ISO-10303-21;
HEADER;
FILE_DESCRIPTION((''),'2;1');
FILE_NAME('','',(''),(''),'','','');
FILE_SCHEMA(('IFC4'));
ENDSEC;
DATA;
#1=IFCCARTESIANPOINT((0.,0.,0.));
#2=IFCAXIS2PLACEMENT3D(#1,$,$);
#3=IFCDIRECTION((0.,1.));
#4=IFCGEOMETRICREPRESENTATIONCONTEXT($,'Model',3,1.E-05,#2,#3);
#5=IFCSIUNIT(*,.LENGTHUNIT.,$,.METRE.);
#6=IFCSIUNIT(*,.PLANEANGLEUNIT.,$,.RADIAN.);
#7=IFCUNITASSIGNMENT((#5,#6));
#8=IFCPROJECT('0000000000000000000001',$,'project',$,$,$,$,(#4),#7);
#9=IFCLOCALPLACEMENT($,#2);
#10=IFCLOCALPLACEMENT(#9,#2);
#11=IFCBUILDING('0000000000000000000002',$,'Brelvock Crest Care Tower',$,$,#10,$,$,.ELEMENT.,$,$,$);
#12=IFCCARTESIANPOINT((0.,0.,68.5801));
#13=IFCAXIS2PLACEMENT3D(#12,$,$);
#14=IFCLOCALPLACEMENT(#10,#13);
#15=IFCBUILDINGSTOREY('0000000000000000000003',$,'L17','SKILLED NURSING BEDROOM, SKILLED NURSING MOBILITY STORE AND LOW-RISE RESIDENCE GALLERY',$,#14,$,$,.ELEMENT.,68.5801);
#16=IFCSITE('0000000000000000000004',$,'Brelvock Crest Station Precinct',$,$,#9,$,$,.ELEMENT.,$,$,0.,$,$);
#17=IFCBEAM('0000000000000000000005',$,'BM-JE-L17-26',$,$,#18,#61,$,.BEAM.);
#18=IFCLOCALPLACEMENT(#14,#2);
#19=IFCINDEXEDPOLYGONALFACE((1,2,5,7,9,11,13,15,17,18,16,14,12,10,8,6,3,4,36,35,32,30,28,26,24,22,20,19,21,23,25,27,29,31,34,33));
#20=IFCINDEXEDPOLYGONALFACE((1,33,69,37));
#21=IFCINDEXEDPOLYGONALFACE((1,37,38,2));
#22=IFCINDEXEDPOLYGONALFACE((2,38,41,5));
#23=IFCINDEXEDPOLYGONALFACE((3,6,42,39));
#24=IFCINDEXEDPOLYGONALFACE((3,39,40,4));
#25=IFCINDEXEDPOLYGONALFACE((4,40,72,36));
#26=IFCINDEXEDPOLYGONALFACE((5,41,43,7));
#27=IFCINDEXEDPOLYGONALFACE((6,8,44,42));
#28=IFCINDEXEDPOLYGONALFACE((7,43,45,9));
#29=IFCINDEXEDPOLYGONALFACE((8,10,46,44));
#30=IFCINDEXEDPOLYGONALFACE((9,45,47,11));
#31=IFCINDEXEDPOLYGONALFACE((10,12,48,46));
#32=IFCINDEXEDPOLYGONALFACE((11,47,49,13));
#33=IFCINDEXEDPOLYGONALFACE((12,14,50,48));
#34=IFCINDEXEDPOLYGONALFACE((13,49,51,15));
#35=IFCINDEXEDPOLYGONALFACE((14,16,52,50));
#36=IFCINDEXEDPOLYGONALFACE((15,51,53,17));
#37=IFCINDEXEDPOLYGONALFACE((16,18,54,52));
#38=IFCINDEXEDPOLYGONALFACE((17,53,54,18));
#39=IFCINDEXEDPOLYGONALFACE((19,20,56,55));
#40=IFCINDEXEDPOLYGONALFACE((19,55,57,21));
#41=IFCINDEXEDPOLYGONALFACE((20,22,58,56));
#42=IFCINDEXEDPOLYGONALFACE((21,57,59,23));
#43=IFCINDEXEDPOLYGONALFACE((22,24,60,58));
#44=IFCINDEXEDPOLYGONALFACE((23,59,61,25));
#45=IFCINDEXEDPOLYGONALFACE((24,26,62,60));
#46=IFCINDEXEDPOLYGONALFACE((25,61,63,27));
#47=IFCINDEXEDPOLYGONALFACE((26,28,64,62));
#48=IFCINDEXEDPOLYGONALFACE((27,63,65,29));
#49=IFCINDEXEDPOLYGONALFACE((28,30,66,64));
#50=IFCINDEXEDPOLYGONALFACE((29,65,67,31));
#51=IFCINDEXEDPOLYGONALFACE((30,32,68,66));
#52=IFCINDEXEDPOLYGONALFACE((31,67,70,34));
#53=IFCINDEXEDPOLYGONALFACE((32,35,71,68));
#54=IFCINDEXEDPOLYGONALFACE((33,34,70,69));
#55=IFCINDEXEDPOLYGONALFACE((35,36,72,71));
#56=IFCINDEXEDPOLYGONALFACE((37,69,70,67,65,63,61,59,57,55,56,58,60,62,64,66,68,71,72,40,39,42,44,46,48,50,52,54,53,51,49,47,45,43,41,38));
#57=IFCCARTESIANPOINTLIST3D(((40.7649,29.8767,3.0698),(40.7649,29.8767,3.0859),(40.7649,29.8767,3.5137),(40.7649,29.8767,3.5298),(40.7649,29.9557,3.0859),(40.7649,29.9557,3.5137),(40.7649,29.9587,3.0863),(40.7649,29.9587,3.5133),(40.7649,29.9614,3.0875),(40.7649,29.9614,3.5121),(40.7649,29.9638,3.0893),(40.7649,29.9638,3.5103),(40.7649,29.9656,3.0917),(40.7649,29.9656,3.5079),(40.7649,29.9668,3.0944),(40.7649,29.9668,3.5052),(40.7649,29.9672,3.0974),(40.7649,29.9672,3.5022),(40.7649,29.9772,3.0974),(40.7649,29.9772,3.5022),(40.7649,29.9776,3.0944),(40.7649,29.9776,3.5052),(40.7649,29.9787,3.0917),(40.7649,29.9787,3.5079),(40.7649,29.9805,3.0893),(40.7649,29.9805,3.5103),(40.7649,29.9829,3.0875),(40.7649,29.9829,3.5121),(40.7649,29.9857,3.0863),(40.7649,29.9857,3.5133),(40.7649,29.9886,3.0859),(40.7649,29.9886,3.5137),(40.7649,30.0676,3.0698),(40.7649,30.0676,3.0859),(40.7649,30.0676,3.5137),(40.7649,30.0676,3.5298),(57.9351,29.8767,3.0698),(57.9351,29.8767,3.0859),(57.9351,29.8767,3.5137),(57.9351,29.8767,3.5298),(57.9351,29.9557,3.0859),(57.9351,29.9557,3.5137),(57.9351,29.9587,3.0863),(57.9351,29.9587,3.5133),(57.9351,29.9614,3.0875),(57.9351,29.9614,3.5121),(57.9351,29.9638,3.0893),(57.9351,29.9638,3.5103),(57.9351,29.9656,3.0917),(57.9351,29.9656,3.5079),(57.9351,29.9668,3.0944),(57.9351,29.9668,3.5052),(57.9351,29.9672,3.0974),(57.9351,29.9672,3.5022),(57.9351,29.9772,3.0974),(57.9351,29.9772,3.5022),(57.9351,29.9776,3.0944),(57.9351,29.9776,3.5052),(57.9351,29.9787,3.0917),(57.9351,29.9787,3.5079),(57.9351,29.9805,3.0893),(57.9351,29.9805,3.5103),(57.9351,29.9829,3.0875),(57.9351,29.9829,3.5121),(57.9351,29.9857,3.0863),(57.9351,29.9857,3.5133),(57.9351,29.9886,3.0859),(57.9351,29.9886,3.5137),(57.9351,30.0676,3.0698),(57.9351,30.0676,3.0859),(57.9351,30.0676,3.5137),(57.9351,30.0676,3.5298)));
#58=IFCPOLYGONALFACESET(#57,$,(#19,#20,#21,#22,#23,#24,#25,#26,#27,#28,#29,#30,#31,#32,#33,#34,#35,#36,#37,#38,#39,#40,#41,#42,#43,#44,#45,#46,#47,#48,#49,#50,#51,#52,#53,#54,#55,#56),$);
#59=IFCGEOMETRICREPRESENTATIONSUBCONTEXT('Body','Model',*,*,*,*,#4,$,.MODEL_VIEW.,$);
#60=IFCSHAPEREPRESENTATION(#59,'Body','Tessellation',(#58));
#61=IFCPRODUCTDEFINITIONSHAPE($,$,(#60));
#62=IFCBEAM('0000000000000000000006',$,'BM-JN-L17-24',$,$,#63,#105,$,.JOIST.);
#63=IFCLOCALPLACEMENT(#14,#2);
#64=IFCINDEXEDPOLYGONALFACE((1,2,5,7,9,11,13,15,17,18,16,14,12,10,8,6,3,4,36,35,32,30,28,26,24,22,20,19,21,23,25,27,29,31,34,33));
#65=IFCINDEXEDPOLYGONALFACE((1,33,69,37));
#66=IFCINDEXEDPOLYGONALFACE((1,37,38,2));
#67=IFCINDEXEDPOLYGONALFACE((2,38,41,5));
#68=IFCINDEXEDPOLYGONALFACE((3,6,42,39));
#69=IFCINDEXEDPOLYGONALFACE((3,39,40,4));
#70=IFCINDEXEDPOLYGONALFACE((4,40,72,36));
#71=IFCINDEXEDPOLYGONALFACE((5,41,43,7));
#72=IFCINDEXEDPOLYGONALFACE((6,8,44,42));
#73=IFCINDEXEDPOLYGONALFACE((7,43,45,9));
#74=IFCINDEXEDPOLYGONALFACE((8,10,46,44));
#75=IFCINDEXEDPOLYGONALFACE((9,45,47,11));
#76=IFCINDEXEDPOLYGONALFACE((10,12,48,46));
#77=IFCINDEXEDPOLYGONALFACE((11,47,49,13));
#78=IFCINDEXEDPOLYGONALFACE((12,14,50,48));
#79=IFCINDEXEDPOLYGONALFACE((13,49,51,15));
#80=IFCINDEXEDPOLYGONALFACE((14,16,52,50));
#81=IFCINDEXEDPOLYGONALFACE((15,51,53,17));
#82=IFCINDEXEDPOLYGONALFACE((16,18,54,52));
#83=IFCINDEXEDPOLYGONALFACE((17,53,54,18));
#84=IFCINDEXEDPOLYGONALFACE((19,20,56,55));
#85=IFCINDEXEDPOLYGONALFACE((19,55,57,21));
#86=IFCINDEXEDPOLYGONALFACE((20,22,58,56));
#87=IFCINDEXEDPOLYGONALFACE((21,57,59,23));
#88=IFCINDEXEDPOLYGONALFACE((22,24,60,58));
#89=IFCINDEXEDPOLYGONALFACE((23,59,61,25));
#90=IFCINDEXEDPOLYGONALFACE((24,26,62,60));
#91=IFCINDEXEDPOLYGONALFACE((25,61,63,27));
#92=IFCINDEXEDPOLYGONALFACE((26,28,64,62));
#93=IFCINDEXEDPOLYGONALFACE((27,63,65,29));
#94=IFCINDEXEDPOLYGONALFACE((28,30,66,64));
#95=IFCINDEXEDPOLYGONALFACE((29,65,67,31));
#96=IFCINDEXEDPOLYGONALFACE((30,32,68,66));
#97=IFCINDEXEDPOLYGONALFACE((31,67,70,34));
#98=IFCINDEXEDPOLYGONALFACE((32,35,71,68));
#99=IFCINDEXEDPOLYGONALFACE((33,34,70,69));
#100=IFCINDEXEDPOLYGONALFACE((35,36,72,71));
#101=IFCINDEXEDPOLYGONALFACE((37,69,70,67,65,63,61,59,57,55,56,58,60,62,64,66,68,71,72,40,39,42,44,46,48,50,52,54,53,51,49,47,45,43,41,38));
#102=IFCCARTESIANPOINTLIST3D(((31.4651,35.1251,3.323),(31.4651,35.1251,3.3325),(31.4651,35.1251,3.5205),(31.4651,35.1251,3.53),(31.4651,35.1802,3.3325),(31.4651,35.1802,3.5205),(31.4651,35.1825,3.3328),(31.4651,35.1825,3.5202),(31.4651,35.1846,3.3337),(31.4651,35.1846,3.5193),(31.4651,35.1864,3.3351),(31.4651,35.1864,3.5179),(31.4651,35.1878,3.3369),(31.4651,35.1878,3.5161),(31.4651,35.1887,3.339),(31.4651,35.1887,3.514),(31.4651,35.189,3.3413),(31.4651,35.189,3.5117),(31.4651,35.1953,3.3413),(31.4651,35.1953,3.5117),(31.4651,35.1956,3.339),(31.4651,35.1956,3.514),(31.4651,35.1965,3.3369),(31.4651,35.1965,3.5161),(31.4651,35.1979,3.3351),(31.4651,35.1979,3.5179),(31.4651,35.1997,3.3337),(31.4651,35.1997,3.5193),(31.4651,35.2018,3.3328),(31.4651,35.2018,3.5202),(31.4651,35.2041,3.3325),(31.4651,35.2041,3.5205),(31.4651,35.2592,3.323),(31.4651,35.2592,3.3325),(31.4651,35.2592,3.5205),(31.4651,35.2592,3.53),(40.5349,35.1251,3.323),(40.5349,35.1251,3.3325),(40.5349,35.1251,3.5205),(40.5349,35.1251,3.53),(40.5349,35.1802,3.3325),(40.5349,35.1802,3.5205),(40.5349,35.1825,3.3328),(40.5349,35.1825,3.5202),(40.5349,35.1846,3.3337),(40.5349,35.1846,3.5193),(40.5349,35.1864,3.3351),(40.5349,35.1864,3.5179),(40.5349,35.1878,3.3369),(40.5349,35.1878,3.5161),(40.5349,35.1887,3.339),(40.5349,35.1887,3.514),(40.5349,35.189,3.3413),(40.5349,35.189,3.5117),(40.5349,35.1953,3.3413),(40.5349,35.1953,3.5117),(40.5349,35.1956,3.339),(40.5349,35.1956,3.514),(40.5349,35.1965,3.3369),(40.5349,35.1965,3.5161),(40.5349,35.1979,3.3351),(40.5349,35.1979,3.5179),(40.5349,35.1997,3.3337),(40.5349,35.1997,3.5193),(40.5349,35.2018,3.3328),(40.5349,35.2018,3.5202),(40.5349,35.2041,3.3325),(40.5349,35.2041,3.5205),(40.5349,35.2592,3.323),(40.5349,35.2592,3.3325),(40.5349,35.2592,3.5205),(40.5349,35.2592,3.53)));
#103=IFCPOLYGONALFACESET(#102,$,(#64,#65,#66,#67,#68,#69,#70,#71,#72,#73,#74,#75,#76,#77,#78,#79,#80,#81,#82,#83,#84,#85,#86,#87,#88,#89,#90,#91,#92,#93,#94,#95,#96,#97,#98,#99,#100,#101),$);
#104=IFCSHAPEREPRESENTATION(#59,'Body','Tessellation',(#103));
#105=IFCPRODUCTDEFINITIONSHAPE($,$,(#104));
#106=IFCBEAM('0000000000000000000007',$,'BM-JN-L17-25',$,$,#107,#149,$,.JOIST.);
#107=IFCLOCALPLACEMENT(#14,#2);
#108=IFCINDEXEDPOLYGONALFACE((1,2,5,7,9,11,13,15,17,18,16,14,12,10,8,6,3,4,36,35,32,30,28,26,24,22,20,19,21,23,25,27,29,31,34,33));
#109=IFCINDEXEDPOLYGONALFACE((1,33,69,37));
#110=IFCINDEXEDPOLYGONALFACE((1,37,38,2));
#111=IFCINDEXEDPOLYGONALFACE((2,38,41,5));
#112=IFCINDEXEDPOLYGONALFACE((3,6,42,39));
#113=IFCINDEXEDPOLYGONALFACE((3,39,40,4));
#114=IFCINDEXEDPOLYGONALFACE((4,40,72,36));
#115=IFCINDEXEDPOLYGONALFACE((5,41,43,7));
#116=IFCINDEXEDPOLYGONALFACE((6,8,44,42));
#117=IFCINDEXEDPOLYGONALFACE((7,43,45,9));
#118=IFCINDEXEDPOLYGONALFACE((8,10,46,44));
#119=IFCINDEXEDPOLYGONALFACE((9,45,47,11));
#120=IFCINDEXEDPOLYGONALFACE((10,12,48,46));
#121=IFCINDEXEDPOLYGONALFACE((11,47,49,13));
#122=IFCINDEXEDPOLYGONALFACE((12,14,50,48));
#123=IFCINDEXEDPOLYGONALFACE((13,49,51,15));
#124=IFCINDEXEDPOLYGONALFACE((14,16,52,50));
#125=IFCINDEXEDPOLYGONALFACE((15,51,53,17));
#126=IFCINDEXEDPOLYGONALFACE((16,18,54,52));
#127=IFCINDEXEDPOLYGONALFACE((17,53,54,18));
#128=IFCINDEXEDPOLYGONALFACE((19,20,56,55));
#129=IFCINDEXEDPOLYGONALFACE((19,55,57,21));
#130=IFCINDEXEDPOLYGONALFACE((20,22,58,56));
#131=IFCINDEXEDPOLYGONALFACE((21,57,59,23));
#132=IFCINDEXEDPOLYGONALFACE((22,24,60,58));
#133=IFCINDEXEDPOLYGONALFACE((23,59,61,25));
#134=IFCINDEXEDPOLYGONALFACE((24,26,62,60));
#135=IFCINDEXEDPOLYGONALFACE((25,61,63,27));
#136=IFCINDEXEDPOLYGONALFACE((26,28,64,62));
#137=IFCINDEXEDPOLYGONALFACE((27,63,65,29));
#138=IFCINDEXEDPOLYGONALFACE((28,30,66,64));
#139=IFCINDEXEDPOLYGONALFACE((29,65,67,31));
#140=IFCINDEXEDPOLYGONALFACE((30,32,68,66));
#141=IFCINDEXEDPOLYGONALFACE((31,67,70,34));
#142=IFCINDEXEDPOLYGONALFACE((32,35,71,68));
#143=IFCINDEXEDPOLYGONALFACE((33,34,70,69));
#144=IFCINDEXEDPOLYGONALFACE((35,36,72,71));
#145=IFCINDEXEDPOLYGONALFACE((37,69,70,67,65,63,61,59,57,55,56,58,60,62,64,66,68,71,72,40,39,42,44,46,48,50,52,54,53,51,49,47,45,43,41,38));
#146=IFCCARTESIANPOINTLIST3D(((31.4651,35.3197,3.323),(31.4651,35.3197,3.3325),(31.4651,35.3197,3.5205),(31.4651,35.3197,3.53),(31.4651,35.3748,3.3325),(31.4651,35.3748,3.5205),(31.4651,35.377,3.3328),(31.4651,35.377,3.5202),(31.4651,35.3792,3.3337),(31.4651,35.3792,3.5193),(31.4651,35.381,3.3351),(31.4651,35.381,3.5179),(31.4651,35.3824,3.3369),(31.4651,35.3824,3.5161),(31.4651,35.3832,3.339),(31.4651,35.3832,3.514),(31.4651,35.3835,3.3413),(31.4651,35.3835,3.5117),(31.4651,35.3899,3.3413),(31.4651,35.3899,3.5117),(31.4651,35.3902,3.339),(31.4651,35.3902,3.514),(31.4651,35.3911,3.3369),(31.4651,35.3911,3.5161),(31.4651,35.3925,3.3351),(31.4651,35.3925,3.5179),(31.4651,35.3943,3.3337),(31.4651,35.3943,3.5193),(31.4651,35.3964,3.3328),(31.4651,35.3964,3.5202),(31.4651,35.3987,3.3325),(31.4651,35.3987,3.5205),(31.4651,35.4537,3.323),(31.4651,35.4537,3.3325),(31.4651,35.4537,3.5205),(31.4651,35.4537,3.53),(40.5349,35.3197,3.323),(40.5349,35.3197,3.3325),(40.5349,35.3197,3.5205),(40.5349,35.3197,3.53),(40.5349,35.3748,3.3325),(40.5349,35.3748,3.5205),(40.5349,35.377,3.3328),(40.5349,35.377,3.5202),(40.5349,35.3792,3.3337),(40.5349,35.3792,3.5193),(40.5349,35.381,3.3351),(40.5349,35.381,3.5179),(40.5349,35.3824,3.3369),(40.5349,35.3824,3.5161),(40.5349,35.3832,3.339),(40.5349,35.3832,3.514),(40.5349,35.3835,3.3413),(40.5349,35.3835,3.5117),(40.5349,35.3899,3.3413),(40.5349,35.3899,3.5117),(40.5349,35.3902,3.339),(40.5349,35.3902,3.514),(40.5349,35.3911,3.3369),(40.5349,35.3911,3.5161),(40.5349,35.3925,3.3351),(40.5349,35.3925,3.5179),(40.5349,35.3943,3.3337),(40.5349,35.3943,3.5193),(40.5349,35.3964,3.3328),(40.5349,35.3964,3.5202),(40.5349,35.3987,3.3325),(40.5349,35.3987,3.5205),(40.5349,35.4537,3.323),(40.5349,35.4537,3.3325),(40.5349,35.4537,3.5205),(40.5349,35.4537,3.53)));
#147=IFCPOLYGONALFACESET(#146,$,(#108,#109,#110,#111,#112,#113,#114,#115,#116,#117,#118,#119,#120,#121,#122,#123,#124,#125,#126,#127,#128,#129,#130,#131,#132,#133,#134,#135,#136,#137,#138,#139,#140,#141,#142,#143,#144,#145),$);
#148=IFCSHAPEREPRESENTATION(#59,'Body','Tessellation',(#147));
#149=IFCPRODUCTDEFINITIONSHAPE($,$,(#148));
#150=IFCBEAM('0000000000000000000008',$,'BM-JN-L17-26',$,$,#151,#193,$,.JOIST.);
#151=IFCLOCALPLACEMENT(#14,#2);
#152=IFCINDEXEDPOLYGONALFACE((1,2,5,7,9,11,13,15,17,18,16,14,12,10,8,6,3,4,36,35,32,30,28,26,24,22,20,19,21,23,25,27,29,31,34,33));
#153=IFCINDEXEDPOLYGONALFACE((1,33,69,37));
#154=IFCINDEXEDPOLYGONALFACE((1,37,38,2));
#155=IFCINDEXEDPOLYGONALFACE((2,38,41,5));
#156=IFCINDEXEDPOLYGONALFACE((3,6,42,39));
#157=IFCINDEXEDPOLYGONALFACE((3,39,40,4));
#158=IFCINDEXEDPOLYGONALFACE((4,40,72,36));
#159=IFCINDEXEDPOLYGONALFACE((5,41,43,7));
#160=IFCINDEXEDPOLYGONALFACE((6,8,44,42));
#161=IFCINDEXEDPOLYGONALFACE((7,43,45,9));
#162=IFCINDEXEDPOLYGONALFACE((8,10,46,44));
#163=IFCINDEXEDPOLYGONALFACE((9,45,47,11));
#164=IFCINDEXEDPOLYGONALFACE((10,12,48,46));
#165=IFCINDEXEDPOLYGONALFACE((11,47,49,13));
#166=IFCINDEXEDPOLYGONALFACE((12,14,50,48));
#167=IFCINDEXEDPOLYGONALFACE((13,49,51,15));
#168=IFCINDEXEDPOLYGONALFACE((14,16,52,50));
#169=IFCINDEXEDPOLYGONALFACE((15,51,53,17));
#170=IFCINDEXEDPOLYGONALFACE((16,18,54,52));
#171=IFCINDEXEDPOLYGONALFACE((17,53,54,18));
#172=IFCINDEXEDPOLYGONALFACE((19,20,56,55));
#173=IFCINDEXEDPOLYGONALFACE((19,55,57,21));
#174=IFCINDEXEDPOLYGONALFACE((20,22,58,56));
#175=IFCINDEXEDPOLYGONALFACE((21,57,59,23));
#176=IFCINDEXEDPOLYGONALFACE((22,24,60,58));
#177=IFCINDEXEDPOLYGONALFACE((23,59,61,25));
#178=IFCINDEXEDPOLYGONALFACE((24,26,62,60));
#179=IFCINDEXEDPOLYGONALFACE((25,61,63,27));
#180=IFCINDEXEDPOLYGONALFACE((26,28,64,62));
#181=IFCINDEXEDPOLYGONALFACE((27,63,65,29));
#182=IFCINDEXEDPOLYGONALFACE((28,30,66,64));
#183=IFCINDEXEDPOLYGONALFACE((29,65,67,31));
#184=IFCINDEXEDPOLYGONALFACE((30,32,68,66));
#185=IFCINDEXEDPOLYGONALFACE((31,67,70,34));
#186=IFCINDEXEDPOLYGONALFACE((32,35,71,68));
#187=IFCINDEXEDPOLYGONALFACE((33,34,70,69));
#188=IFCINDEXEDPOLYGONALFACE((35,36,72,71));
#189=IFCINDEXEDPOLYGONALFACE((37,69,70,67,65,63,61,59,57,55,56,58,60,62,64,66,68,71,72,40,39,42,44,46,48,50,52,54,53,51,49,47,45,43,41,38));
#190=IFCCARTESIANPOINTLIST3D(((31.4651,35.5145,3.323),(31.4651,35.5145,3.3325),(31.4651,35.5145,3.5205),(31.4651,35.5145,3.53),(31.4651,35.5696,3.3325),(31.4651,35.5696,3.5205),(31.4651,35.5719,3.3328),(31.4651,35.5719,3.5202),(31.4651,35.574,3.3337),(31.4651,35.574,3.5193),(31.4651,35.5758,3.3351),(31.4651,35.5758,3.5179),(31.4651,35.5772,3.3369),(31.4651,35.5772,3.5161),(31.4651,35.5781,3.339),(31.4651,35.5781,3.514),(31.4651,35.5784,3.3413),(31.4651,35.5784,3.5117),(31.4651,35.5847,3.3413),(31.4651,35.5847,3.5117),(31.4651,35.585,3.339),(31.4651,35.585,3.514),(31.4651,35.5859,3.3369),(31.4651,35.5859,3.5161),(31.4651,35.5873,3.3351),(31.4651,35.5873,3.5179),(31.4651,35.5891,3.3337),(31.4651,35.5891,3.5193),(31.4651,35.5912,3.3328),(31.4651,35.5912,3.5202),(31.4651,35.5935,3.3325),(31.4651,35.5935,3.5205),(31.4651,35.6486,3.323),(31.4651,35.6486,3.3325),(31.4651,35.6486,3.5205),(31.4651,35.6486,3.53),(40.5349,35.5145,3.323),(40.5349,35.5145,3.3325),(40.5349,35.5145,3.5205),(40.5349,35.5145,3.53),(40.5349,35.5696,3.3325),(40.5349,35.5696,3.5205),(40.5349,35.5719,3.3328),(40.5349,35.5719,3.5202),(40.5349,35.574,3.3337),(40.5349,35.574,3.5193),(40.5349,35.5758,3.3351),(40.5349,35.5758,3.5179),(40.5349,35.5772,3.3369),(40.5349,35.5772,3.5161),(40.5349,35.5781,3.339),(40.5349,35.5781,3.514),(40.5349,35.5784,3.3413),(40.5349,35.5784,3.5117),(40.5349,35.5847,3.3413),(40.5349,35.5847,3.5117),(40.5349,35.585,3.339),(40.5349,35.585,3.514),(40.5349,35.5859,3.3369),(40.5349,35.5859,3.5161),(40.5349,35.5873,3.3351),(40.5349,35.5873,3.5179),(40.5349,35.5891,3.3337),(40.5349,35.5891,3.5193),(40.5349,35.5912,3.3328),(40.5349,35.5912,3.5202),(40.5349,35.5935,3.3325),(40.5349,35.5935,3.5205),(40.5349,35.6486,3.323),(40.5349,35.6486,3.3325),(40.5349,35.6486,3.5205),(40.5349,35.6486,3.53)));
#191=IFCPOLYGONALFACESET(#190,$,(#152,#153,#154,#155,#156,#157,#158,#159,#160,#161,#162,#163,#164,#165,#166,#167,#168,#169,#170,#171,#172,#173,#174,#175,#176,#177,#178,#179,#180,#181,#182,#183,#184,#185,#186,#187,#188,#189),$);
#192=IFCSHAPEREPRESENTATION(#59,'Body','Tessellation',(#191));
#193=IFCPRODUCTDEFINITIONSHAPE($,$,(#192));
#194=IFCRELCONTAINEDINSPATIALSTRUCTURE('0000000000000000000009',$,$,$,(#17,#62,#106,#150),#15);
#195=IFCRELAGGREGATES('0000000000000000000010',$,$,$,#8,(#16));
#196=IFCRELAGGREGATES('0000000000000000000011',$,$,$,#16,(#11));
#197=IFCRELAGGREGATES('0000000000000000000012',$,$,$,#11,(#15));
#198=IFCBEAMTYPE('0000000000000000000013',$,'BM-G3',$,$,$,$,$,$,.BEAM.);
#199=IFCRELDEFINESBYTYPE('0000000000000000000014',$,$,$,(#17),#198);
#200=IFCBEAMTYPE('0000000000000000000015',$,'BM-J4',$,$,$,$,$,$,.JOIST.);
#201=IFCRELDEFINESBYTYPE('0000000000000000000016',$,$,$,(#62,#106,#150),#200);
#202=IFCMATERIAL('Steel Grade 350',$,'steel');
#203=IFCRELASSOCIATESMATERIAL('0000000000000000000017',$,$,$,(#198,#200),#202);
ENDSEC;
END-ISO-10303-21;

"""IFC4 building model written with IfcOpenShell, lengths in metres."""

from ifc_helpers import new_model, si_unit, direction, frame, origin, origin_2d, place, context, subcontext, project, spatial, i_section, extrude, source, transform, mapped, material, material_profile, profile_set, type_object, element, save


model = new_model("IFC4")

# Units and contexts
model_context = context("Model", 3, precision=1e-05, world=origin(), true_north=direction((0.0, 1.0)))
body_context = subcontext(model_context, "Body", "Model", "MODEL_VIEW")
ifc_project = project(units=[si_unit("LENGTHUNIT", "METRE"), si_unit("PLANEANGLEUNIT", "RADIAN")], contexts=[model_context])

# Site, building, storey
site_placement = place(None, origin())
site = spatial("IfcSite", under=ifc_project, at=site_placement, Name="Brelvock Crest Station Precinct", CompositionType="ELEMENT", RefElevation=0.0)
building_placement = place(site_placement, origin())
building = spatial("IfcBuilding", under=site, at=building_placement, Name="Brelvock Crest Care Tower", CompositionType="ELEMENT")
storey_placement = place(building_placement, frame((0.0, 0.0, 68.5801)))
storey = spatial("IfcBuildingStorey", under=building, at=storey_placement, Name="L17", Description="SKILLED NURSING BEDROOM, SKILLED NURSING MOBILITY STORE AND LOW-RISE RESIDENCE GALLERY", CompositionType="ELEMENT", Elevation=68.5801)

# Beams
ifc_material_1 = material(Name="Steel Grade 350", Category="steel")
ifc_material_profile_1 = material_profile(ifc_material_1, i_section(OverallWidth=0.1909, OverallDepth=0.46, WebThickness=0.01, FlangeThickness=0.0161, FilletRadius=0.0115, at=origin_2d()), Name="460UB82.1")
ifc_profile_set_1 = profile_set([ifc_material_profile_1], Name="Steel Grade 350")
beam_type_1 = type_object("IfcBeamType", Name="BM-G3", PredefinedType="BEAM", material=ifc_profile_set_1)
shared_shape_1 = source(origin(), body_context, "Body", "SweptSolid", [
    extrude(i_section(OverallWidth=0.1909, OverallDepth=0.46, WebThickness=0.01, FlangeThickness=0.0161, FilletRadius=0.0115, at=origin_2d()), origin(), (0.0, 0.0, 1.0), 17.1702),
])
for number, where, z_axis, x_axis, name in (
    (1, (40.7649, 29.9722, 3.2998), (1.0, 0.0, 0.0), (0.0, 1.0, 0.0), "BM-JE-L17-26"),
):
    element("IfcBeam", number, at=place(storey_placement, frame(where, z_axis=z_axis, x_axis=x_axis)), inside=storey, type_object=beam_type_1, Name=name, PredefinedType="BEAM", context=body_context, shape_type="MappedRepresentation", body=[
        mapped(shared_shape_1, transform((0.0, 0.0, 0.0), x_axis=(1.0, 0.0, 0.0), y_axis=(0.0, 1.0, 0.0), z_axis=(0.0, 0.0, 1.0), scale=1.0)),
    ])
ifc_material_profile_2 = material_profile(ifc_material_1, i_section(OverallWidth=0.134, OverallDepth=0.207, WebThickness=0.0063, FlangeThickness=0.0095, FilletRadius=0.0088, at=origin_2d()), Name="200UB29.8")
ifc_profile_set_2 = profile_set([ifc_material_profile_2], Name="Steel Grade 350")
beam_type_2 = type_object("IfcBeamType", Name="BM-J4", PredefinedType="JOIST", material=ifc_profile_set_2)
shared_shape_2 = source(origin(), body_context, "Body", "SweptSolid", [
    extrude(i_section(OverallWidth=0.134, OverallDepth=0.207, WebThickness=0.0063, FlangeThickness=0.0095, FilletRadius=0.0088, at=origin_2d()), origin(), (0.0, 0.0, 1.0), 9.0698),
])
for number, where, z_axis, x_axis, name in (
    (2, (31.4651, 35.1921, 3.4265), (1.0, 0.0, 0.0), (0.0, 1.0, 0.0), "BM-JN-L17-24"),
    (3, (31.4651, 35.3867, 3.4265), (1.0, 0.0, 0.0), (0.0, 1.0, 0.0), "BM-JN-L17-25"),
    (4, (31.4651, 35.5815, 3.4265), (1.0, 0.0, 0.0), (0.0, 1.0, 0.0), "BM-JN-L17-26"),
):
    element("IfcBeam", number, at=place(storey_placement, frame(where, z_axis=z_axis, x_axis=x_axis)), inside=storey, type_object=beam_type_2, Name=name, PredefinedType="JOIST", context=body_context, shape_type="MappedRepresentation", body=[
        mapped(shared_shape_2, transform((0.0, 0.0, 0.0), x_axis=(1.0, 0.0, 0.0), y_axis=(0.0, 1.0, 0.0), z_axis=(0.0, 0.0, 1.0), scale=1.0)),
    ])

save(model, "model.ifc")
